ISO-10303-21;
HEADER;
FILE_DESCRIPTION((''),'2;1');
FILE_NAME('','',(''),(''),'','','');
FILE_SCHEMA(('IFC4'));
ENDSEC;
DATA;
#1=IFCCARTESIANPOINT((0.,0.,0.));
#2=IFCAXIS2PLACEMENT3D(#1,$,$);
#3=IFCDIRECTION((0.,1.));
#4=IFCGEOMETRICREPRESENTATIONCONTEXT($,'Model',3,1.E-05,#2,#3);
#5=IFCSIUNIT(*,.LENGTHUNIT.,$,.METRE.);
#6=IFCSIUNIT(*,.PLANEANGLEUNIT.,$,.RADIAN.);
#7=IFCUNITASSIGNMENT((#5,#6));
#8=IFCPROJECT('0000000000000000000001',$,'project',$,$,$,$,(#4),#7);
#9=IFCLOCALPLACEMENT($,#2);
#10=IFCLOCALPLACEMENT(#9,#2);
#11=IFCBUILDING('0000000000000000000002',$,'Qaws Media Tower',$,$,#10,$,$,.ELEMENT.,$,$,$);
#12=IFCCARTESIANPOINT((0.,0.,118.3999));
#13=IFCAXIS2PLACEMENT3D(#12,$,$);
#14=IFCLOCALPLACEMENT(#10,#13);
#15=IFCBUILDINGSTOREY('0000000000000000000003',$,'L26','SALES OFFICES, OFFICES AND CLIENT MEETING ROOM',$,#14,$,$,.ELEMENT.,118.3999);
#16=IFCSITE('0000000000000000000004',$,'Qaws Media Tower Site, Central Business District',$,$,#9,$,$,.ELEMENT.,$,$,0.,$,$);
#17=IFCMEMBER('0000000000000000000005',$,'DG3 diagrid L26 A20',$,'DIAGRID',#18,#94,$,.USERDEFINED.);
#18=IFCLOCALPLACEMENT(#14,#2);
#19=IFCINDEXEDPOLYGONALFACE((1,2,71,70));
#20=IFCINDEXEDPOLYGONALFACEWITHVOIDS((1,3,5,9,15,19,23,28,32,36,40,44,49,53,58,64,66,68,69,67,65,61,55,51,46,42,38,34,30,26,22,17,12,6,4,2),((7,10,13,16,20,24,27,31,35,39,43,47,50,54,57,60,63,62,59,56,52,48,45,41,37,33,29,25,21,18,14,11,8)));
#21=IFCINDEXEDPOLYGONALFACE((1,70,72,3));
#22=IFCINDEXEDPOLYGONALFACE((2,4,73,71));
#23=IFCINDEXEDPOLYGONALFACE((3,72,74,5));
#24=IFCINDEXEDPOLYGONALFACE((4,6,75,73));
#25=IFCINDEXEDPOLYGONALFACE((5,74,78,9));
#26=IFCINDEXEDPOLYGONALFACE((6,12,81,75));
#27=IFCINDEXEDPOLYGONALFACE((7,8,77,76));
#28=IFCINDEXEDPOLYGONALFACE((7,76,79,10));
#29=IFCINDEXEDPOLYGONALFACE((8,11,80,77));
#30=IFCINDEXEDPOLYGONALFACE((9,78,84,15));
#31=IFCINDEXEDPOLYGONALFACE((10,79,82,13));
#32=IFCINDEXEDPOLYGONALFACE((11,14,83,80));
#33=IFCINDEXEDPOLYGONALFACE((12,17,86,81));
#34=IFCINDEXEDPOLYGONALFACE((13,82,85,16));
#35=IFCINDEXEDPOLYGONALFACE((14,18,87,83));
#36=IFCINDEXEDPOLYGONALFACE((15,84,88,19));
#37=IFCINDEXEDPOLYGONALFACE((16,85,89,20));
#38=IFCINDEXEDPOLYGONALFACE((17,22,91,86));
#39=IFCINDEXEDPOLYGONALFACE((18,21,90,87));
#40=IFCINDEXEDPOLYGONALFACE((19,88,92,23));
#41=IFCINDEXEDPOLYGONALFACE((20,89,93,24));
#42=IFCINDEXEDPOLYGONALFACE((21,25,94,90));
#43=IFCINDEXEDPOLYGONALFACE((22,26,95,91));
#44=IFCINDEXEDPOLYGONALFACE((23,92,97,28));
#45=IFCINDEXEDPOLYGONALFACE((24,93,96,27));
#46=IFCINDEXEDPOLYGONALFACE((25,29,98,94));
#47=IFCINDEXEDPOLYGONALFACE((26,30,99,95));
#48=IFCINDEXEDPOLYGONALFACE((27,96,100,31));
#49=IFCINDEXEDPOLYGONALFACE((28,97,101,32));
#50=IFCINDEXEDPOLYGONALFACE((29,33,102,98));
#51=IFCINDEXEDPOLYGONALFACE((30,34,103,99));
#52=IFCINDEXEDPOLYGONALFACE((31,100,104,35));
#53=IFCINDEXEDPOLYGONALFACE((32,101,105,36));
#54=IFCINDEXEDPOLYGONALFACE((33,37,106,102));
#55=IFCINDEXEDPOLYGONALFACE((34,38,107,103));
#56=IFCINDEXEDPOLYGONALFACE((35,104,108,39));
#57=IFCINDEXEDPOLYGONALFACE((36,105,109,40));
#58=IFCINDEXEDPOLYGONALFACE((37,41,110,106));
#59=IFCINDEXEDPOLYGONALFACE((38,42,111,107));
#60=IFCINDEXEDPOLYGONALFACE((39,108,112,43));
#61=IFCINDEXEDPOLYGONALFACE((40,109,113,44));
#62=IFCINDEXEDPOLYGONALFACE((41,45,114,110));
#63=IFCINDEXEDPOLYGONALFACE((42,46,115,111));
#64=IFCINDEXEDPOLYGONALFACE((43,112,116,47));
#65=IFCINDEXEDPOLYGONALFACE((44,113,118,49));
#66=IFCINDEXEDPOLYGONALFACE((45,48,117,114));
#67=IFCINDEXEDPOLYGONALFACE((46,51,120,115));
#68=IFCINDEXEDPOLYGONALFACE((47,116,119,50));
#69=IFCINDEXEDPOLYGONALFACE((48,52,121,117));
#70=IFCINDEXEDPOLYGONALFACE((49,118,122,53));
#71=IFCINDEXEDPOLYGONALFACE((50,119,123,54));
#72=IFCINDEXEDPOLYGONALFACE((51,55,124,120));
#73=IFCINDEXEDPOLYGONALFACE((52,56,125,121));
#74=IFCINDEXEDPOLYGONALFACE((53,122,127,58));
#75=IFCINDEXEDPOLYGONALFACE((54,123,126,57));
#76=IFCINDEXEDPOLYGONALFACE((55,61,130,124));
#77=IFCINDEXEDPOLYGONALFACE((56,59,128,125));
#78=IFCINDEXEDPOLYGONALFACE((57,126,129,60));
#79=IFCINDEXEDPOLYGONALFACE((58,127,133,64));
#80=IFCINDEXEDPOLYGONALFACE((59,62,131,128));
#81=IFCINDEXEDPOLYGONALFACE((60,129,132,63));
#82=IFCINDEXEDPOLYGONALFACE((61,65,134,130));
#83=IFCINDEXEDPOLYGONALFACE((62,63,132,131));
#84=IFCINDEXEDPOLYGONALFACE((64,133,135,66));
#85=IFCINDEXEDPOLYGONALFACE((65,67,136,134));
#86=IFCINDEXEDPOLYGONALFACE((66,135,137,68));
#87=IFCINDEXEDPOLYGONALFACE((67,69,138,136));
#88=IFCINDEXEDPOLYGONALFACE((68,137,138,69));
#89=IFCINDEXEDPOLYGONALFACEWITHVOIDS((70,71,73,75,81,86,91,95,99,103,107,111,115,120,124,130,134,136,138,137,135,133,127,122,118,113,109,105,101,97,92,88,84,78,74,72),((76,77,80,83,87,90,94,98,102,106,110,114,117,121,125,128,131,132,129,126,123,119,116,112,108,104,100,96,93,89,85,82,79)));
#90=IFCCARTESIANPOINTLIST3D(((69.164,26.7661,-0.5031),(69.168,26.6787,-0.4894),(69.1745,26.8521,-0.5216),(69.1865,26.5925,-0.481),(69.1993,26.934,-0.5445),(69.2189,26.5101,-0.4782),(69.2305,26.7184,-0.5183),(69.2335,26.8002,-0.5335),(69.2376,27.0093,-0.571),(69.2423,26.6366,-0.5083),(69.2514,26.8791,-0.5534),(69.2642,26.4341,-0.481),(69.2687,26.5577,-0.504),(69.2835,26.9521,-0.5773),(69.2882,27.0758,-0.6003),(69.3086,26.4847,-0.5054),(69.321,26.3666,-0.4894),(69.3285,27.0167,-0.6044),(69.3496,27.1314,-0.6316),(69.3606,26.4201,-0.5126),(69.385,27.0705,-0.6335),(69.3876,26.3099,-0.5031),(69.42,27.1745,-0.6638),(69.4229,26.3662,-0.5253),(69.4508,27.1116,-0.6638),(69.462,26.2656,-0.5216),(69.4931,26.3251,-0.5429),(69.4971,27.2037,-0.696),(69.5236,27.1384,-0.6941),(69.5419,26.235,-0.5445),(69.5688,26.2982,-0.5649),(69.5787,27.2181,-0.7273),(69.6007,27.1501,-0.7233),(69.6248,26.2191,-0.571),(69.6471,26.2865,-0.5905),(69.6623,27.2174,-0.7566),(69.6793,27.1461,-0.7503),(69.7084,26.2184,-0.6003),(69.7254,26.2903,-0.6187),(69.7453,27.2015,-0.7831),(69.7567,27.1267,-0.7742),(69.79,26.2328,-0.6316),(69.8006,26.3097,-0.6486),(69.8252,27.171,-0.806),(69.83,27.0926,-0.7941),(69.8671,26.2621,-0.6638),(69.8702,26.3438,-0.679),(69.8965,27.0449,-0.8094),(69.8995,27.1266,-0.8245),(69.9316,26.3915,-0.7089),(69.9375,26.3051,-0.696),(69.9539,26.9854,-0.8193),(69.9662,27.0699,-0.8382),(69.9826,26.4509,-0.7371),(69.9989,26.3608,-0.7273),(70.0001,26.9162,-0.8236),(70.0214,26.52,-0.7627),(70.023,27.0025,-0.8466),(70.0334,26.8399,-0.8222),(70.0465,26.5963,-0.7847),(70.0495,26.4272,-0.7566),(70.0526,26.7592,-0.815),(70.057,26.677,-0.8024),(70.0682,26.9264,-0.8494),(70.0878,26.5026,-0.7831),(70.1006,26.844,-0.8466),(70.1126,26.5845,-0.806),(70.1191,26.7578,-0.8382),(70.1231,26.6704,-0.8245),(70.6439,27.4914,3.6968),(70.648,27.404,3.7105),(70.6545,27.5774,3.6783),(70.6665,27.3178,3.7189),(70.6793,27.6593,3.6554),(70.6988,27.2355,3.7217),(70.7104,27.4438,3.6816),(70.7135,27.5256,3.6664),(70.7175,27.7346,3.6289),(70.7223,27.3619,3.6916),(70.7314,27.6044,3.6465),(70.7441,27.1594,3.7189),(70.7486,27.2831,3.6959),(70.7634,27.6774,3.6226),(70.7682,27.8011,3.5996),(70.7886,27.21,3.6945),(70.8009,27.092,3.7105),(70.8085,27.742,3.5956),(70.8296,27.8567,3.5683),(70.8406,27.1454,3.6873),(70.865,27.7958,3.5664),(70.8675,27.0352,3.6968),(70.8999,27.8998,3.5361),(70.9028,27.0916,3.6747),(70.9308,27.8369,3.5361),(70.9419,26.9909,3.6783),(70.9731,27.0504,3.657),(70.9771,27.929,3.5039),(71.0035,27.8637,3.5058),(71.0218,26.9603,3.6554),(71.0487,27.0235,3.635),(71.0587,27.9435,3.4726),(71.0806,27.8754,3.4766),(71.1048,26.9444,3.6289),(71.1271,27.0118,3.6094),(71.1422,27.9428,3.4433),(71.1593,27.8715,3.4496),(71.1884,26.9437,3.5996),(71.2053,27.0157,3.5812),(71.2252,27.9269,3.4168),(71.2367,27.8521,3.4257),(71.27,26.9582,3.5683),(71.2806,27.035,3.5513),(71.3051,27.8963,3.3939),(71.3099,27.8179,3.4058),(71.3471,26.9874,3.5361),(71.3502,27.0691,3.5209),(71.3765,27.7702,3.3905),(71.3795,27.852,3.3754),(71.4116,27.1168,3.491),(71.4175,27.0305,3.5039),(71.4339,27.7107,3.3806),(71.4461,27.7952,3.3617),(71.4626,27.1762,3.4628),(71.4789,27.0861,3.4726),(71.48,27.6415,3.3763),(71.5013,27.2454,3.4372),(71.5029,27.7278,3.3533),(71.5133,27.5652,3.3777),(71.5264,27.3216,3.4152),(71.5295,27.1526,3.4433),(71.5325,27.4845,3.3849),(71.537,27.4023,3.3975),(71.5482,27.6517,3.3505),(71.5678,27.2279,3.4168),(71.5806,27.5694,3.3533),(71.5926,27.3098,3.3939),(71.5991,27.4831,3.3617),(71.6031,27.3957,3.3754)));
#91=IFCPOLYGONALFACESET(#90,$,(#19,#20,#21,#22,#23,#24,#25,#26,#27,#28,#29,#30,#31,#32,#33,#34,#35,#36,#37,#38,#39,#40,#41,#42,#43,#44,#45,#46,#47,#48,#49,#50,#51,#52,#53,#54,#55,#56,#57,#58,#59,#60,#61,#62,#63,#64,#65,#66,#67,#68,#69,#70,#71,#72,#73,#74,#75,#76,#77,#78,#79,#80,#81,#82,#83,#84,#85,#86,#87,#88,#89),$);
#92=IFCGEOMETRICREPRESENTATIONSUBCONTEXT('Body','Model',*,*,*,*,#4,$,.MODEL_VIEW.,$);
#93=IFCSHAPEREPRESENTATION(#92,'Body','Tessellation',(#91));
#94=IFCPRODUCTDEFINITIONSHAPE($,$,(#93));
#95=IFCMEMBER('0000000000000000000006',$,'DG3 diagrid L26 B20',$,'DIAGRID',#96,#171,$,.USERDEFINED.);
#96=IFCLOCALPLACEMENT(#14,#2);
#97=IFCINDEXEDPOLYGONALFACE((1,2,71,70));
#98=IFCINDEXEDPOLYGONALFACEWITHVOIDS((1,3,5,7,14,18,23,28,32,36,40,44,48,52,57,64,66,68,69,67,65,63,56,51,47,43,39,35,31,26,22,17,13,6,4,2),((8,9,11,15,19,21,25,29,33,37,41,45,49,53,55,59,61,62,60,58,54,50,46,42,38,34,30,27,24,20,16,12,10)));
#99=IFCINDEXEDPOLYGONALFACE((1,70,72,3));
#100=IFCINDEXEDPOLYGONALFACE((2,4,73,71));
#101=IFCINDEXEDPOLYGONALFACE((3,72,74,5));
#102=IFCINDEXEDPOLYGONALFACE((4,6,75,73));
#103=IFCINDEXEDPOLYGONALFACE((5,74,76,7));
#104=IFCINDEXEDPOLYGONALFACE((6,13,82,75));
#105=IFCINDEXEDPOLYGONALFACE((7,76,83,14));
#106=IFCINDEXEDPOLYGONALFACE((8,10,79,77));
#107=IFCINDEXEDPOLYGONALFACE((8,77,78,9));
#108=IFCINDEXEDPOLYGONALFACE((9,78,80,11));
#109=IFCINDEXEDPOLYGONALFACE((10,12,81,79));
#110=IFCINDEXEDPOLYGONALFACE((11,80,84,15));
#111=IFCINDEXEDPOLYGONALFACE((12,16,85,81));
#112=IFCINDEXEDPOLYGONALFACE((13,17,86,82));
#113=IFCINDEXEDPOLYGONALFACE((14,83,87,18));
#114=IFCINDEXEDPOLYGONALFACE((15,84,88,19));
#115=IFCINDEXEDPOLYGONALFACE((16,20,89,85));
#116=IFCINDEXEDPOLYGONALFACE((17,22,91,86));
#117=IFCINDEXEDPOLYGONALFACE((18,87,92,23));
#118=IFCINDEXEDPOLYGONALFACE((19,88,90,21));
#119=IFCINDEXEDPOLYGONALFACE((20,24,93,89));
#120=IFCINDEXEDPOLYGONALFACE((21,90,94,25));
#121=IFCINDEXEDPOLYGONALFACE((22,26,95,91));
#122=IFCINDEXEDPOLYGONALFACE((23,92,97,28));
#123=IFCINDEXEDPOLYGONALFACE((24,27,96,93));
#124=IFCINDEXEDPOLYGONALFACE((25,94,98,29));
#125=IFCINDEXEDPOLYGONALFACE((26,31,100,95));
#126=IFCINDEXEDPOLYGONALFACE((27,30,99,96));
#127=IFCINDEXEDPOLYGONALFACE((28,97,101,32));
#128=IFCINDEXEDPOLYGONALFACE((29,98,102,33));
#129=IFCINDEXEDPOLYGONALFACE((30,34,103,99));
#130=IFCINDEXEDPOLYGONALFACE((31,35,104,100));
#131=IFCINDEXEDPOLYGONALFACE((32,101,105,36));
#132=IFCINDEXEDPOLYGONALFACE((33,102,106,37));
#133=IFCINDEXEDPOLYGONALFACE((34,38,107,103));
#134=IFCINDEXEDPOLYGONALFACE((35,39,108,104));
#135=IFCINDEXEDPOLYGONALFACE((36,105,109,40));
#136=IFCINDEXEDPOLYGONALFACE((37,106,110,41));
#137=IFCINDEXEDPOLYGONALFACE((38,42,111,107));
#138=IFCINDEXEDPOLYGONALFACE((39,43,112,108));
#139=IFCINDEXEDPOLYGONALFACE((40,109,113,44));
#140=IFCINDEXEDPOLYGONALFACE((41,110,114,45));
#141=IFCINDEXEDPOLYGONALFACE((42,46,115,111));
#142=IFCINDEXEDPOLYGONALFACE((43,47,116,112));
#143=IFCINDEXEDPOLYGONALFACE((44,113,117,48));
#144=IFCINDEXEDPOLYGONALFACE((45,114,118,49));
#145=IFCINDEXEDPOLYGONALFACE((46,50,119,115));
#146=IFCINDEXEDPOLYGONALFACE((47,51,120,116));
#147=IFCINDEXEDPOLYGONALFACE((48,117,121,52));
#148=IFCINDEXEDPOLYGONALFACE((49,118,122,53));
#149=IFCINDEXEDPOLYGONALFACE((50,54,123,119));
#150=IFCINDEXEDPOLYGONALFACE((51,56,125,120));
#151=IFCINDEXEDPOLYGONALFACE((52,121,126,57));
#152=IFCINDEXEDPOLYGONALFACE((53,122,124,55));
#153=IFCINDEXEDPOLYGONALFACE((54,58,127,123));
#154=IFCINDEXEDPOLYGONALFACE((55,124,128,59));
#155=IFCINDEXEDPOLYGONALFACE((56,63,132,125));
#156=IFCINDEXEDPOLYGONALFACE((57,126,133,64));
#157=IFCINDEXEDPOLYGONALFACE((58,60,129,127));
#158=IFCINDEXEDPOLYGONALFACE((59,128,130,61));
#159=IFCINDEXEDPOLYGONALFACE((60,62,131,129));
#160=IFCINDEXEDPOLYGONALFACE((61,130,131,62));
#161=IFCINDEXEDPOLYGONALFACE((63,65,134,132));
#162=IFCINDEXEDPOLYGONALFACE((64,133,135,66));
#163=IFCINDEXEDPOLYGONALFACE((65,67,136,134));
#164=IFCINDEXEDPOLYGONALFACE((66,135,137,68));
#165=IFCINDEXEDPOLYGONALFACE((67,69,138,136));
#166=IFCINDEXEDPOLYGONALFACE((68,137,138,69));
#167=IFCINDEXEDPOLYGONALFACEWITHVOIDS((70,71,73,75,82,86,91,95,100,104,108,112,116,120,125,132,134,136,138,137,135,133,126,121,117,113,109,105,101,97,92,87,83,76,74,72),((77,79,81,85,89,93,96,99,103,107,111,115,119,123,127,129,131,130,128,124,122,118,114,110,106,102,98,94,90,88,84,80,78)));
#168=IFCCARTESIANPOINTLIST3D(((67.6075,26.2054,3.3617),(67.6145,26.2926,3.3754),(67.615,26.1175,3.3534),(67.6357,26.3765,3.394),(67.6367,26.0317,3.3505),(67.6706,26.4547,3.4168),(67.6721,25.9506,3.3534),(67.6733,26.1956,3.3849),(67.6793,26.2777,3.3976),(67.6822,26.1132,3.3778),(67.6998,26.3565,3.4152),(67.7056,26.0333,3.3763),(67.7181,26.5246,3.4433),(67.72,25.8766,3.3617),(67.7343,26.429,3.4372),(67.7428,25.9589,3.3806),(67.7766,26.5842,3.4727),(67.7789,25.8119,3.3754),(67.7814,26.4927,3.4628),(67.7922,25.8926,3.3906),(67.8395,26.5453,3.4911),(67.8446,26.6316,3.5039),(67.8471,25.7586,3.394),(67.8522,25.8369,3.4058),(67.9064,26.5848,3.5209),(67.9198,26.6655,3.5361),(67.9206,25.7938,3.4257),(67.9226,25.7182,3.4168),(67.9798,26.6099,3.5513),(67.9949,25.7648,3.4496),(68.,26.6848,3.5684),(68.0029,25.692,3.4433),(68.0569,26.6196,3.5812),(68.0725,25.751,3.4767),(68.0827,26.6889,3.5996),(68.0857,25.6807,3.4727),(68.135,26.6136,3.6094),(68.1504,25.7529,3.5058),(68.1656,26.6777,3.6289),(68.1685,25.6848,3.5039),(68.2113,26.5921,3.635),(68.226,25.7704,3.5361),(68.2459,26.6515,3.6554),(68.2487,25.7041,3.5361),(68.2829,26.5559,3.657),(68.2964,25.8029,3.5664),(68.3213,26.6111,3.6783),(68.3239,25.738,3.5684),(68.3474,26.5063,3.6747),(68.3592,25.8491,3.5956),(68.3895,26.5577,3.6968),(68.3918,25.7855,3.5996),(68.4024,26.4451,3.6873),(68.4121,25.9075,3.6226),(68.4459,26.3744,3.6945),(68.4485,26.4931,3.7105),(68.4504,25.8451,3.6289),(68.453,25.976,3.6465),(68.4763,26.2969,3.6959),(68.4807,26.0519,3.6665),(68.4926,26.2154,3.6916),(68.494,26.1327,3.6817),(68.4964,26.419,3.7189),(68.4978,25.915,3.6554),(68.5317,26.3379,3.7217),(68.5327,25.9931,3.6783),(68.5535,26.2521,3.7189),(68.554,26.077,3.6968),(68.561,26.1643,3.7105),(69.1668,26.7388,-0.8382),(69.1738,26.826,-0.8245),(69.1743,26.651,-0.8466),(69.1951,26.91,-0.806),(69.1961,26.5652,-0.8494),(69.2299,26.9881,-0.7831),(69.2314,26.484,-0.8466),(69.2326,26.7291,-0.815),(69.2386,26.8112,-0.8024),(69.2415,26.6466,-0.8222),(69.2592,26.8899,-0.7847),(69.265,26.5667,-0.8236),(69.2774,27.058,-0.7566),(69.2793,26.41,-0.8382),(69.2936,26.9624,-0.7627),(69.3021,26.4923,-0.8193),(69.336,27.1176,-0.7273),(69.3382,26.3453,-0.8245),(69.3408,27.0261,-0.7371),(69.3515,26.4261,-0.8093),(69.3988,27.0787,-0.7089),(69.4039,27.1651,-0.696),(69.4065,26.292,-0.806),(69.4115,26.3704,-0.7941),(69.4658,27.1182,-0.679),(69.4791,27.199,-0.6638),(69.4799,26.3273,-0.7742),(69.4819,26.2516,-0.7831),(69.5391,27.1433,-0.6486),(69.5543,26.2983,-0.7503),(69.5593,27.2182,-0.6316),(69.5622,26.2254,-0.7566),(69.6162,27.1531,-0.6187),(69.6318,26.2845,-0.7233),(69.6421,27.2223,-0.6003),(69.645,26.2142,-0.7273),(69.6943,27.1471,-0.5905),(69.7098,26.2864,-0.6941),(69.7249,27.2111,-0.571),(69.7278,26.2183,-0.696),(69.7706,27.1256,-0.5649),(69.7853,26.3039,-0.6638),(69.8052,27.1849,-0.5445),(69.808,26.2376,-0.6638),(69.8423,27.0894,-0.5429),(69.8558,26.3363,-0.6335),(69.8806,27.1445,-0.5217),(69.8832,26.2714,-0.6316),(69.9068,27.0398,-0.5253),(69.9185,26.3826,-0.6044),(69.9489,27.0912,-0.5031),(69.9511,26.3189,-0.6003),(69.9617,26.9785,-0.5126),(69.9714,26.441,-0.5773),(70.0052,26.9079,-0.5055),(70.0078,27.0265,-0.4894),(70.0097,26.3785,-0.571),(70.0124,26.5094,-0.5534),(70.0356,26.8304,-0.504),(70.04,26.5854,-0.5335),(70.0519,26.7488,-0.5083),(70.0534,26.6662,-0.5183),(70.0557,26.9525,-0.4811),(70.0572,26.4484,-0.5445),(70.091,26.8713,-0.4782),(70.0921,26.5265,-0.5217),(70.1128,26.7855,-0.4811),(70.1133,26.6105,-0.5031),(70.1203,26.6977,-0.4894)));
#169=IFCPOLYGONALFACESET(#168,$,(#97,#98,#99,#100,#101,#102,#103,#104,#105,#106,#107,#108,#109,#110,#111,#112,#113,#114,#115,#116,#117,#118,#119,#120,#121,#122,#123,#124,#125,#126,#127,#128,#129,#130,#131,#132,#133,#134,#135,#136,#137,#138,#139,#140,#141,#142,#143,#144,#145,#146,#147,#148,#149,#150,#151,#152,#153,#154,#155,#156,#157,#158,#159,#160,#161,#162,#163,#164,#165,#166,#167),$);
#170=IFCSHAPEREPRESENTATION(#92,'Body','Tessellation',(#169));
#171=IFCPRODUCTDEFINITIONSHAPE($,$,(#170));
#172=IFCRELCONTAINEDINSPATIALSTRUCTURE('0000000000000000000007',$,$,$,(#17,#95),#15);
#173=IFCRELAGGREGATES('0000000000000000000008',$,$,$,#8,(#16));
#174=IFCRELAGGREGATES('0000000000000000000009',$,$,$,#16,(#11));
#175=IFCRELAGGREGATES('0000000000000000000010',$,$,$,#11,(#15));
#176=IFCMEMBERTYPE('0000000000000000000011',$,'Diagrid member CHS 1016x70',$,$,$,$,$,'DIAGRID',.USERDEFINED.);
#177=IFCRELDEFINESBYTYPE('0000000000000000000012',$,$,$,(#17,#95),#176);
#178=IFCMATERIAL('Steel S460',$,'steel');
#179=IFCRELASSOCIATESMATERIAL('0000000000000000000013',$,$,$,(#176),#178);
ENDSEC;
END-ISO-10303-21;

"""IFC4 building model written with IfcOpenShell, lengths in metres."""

from ifc_helpers import new_model, si_unit, direction, frame, origin, origin_2d, place, context, subcontext, project, spatial, hollow_circle, extrude, material, material_profile, profile_set, type_object, element, save


model = new_model("IFC4")

# Units and contexts
model_context = context("Model", 3, precision=1e-05, world=origin(), true_north=direction((0.0, 1.0)))
body_context = subcontext(model_context, "Body", "Model", "MODEL_VIEW")
ifc_project = project(units=[si_unit("LENGTHUNIT", "METRE"), si_unit("PLANEANGLEUNIT", "RADIAN")], contexts=[model_context])

# Site, building, storey
site_placement = place(None, origin())
site = spatial("IfcSite", under=ifc_project, at=site_placement, Name="Qaws Media Tower Site, Central Business District", CompositionType="ELEMENT", RefElevation=0.0)
building_placement = place(site_placement, origin())
building = spatial("IfcBuilding", under=site, at=building_placement, Name="Qaws Media Tower", CompositionType="ELEMENT")
storey_placement = place(building_placement, frame((0.0, 0.0, 118.3999)))
storey = spatial("IfcBuildingStorey", under=building, at=storey_placement, Name="L26", Description="SALES OFFICES, OFFICES AND CLIENT MEETING ROOM", CompositionType="ELEMENT", Elevation=118.3999)

# Members
ifc_material_1 = material(Name="Steel S460", Category="steel")
ifc_material_profile_1 = material_profile(ifc_material_1, hollow_circle(Radius=0.5081, WallThickness=0.0701, at=origin_2d()), Name="CHS 1016x70")
ifc_profile_set_1 = profile_set([ifc_material_profile_1], Name="Steel S460")
member_type_1 = type_object("IfcMemberType", Name="Diagrid member CHS 1016x70", ElementType="DIAGRID", PredefinedType="USERDEFINED", material=ifc_profile_set_1)
for number, where, z_axis, x_axis, name in (
    (1, (69.6436, 26.7183, -0.6638), (0.328027, 0.160767, 0.930888), (-0.440089, 0.897954, 0.0), "DG3 diagrid L26 A20"),
    (2, (69.6436, 26.7183, -0.6638), (-0.345616, -0.118236, 0.930897), (0.323684, -0.946165, 0.0), "DG3 diagrid L26 B20"),
):
    element("IfcMember", number, at=place(storey_placement, frame(where, z_axis=z_axis, x_axis=x_axis)), inside=storey, type_object=member_type_1, Name=name, ObjectType="DIAGRID", PredefinedType="USERDEFINED", context=body_context, shape_type="SweptSolid", body=[
        extrude(hollow_circle(Radius=0.5081, WallThickness=0.0701, at=origin_2d()), origin(), (0.0, 0.0, 1.0), 4.5117),
    ])

save(model, "model.ifc")
